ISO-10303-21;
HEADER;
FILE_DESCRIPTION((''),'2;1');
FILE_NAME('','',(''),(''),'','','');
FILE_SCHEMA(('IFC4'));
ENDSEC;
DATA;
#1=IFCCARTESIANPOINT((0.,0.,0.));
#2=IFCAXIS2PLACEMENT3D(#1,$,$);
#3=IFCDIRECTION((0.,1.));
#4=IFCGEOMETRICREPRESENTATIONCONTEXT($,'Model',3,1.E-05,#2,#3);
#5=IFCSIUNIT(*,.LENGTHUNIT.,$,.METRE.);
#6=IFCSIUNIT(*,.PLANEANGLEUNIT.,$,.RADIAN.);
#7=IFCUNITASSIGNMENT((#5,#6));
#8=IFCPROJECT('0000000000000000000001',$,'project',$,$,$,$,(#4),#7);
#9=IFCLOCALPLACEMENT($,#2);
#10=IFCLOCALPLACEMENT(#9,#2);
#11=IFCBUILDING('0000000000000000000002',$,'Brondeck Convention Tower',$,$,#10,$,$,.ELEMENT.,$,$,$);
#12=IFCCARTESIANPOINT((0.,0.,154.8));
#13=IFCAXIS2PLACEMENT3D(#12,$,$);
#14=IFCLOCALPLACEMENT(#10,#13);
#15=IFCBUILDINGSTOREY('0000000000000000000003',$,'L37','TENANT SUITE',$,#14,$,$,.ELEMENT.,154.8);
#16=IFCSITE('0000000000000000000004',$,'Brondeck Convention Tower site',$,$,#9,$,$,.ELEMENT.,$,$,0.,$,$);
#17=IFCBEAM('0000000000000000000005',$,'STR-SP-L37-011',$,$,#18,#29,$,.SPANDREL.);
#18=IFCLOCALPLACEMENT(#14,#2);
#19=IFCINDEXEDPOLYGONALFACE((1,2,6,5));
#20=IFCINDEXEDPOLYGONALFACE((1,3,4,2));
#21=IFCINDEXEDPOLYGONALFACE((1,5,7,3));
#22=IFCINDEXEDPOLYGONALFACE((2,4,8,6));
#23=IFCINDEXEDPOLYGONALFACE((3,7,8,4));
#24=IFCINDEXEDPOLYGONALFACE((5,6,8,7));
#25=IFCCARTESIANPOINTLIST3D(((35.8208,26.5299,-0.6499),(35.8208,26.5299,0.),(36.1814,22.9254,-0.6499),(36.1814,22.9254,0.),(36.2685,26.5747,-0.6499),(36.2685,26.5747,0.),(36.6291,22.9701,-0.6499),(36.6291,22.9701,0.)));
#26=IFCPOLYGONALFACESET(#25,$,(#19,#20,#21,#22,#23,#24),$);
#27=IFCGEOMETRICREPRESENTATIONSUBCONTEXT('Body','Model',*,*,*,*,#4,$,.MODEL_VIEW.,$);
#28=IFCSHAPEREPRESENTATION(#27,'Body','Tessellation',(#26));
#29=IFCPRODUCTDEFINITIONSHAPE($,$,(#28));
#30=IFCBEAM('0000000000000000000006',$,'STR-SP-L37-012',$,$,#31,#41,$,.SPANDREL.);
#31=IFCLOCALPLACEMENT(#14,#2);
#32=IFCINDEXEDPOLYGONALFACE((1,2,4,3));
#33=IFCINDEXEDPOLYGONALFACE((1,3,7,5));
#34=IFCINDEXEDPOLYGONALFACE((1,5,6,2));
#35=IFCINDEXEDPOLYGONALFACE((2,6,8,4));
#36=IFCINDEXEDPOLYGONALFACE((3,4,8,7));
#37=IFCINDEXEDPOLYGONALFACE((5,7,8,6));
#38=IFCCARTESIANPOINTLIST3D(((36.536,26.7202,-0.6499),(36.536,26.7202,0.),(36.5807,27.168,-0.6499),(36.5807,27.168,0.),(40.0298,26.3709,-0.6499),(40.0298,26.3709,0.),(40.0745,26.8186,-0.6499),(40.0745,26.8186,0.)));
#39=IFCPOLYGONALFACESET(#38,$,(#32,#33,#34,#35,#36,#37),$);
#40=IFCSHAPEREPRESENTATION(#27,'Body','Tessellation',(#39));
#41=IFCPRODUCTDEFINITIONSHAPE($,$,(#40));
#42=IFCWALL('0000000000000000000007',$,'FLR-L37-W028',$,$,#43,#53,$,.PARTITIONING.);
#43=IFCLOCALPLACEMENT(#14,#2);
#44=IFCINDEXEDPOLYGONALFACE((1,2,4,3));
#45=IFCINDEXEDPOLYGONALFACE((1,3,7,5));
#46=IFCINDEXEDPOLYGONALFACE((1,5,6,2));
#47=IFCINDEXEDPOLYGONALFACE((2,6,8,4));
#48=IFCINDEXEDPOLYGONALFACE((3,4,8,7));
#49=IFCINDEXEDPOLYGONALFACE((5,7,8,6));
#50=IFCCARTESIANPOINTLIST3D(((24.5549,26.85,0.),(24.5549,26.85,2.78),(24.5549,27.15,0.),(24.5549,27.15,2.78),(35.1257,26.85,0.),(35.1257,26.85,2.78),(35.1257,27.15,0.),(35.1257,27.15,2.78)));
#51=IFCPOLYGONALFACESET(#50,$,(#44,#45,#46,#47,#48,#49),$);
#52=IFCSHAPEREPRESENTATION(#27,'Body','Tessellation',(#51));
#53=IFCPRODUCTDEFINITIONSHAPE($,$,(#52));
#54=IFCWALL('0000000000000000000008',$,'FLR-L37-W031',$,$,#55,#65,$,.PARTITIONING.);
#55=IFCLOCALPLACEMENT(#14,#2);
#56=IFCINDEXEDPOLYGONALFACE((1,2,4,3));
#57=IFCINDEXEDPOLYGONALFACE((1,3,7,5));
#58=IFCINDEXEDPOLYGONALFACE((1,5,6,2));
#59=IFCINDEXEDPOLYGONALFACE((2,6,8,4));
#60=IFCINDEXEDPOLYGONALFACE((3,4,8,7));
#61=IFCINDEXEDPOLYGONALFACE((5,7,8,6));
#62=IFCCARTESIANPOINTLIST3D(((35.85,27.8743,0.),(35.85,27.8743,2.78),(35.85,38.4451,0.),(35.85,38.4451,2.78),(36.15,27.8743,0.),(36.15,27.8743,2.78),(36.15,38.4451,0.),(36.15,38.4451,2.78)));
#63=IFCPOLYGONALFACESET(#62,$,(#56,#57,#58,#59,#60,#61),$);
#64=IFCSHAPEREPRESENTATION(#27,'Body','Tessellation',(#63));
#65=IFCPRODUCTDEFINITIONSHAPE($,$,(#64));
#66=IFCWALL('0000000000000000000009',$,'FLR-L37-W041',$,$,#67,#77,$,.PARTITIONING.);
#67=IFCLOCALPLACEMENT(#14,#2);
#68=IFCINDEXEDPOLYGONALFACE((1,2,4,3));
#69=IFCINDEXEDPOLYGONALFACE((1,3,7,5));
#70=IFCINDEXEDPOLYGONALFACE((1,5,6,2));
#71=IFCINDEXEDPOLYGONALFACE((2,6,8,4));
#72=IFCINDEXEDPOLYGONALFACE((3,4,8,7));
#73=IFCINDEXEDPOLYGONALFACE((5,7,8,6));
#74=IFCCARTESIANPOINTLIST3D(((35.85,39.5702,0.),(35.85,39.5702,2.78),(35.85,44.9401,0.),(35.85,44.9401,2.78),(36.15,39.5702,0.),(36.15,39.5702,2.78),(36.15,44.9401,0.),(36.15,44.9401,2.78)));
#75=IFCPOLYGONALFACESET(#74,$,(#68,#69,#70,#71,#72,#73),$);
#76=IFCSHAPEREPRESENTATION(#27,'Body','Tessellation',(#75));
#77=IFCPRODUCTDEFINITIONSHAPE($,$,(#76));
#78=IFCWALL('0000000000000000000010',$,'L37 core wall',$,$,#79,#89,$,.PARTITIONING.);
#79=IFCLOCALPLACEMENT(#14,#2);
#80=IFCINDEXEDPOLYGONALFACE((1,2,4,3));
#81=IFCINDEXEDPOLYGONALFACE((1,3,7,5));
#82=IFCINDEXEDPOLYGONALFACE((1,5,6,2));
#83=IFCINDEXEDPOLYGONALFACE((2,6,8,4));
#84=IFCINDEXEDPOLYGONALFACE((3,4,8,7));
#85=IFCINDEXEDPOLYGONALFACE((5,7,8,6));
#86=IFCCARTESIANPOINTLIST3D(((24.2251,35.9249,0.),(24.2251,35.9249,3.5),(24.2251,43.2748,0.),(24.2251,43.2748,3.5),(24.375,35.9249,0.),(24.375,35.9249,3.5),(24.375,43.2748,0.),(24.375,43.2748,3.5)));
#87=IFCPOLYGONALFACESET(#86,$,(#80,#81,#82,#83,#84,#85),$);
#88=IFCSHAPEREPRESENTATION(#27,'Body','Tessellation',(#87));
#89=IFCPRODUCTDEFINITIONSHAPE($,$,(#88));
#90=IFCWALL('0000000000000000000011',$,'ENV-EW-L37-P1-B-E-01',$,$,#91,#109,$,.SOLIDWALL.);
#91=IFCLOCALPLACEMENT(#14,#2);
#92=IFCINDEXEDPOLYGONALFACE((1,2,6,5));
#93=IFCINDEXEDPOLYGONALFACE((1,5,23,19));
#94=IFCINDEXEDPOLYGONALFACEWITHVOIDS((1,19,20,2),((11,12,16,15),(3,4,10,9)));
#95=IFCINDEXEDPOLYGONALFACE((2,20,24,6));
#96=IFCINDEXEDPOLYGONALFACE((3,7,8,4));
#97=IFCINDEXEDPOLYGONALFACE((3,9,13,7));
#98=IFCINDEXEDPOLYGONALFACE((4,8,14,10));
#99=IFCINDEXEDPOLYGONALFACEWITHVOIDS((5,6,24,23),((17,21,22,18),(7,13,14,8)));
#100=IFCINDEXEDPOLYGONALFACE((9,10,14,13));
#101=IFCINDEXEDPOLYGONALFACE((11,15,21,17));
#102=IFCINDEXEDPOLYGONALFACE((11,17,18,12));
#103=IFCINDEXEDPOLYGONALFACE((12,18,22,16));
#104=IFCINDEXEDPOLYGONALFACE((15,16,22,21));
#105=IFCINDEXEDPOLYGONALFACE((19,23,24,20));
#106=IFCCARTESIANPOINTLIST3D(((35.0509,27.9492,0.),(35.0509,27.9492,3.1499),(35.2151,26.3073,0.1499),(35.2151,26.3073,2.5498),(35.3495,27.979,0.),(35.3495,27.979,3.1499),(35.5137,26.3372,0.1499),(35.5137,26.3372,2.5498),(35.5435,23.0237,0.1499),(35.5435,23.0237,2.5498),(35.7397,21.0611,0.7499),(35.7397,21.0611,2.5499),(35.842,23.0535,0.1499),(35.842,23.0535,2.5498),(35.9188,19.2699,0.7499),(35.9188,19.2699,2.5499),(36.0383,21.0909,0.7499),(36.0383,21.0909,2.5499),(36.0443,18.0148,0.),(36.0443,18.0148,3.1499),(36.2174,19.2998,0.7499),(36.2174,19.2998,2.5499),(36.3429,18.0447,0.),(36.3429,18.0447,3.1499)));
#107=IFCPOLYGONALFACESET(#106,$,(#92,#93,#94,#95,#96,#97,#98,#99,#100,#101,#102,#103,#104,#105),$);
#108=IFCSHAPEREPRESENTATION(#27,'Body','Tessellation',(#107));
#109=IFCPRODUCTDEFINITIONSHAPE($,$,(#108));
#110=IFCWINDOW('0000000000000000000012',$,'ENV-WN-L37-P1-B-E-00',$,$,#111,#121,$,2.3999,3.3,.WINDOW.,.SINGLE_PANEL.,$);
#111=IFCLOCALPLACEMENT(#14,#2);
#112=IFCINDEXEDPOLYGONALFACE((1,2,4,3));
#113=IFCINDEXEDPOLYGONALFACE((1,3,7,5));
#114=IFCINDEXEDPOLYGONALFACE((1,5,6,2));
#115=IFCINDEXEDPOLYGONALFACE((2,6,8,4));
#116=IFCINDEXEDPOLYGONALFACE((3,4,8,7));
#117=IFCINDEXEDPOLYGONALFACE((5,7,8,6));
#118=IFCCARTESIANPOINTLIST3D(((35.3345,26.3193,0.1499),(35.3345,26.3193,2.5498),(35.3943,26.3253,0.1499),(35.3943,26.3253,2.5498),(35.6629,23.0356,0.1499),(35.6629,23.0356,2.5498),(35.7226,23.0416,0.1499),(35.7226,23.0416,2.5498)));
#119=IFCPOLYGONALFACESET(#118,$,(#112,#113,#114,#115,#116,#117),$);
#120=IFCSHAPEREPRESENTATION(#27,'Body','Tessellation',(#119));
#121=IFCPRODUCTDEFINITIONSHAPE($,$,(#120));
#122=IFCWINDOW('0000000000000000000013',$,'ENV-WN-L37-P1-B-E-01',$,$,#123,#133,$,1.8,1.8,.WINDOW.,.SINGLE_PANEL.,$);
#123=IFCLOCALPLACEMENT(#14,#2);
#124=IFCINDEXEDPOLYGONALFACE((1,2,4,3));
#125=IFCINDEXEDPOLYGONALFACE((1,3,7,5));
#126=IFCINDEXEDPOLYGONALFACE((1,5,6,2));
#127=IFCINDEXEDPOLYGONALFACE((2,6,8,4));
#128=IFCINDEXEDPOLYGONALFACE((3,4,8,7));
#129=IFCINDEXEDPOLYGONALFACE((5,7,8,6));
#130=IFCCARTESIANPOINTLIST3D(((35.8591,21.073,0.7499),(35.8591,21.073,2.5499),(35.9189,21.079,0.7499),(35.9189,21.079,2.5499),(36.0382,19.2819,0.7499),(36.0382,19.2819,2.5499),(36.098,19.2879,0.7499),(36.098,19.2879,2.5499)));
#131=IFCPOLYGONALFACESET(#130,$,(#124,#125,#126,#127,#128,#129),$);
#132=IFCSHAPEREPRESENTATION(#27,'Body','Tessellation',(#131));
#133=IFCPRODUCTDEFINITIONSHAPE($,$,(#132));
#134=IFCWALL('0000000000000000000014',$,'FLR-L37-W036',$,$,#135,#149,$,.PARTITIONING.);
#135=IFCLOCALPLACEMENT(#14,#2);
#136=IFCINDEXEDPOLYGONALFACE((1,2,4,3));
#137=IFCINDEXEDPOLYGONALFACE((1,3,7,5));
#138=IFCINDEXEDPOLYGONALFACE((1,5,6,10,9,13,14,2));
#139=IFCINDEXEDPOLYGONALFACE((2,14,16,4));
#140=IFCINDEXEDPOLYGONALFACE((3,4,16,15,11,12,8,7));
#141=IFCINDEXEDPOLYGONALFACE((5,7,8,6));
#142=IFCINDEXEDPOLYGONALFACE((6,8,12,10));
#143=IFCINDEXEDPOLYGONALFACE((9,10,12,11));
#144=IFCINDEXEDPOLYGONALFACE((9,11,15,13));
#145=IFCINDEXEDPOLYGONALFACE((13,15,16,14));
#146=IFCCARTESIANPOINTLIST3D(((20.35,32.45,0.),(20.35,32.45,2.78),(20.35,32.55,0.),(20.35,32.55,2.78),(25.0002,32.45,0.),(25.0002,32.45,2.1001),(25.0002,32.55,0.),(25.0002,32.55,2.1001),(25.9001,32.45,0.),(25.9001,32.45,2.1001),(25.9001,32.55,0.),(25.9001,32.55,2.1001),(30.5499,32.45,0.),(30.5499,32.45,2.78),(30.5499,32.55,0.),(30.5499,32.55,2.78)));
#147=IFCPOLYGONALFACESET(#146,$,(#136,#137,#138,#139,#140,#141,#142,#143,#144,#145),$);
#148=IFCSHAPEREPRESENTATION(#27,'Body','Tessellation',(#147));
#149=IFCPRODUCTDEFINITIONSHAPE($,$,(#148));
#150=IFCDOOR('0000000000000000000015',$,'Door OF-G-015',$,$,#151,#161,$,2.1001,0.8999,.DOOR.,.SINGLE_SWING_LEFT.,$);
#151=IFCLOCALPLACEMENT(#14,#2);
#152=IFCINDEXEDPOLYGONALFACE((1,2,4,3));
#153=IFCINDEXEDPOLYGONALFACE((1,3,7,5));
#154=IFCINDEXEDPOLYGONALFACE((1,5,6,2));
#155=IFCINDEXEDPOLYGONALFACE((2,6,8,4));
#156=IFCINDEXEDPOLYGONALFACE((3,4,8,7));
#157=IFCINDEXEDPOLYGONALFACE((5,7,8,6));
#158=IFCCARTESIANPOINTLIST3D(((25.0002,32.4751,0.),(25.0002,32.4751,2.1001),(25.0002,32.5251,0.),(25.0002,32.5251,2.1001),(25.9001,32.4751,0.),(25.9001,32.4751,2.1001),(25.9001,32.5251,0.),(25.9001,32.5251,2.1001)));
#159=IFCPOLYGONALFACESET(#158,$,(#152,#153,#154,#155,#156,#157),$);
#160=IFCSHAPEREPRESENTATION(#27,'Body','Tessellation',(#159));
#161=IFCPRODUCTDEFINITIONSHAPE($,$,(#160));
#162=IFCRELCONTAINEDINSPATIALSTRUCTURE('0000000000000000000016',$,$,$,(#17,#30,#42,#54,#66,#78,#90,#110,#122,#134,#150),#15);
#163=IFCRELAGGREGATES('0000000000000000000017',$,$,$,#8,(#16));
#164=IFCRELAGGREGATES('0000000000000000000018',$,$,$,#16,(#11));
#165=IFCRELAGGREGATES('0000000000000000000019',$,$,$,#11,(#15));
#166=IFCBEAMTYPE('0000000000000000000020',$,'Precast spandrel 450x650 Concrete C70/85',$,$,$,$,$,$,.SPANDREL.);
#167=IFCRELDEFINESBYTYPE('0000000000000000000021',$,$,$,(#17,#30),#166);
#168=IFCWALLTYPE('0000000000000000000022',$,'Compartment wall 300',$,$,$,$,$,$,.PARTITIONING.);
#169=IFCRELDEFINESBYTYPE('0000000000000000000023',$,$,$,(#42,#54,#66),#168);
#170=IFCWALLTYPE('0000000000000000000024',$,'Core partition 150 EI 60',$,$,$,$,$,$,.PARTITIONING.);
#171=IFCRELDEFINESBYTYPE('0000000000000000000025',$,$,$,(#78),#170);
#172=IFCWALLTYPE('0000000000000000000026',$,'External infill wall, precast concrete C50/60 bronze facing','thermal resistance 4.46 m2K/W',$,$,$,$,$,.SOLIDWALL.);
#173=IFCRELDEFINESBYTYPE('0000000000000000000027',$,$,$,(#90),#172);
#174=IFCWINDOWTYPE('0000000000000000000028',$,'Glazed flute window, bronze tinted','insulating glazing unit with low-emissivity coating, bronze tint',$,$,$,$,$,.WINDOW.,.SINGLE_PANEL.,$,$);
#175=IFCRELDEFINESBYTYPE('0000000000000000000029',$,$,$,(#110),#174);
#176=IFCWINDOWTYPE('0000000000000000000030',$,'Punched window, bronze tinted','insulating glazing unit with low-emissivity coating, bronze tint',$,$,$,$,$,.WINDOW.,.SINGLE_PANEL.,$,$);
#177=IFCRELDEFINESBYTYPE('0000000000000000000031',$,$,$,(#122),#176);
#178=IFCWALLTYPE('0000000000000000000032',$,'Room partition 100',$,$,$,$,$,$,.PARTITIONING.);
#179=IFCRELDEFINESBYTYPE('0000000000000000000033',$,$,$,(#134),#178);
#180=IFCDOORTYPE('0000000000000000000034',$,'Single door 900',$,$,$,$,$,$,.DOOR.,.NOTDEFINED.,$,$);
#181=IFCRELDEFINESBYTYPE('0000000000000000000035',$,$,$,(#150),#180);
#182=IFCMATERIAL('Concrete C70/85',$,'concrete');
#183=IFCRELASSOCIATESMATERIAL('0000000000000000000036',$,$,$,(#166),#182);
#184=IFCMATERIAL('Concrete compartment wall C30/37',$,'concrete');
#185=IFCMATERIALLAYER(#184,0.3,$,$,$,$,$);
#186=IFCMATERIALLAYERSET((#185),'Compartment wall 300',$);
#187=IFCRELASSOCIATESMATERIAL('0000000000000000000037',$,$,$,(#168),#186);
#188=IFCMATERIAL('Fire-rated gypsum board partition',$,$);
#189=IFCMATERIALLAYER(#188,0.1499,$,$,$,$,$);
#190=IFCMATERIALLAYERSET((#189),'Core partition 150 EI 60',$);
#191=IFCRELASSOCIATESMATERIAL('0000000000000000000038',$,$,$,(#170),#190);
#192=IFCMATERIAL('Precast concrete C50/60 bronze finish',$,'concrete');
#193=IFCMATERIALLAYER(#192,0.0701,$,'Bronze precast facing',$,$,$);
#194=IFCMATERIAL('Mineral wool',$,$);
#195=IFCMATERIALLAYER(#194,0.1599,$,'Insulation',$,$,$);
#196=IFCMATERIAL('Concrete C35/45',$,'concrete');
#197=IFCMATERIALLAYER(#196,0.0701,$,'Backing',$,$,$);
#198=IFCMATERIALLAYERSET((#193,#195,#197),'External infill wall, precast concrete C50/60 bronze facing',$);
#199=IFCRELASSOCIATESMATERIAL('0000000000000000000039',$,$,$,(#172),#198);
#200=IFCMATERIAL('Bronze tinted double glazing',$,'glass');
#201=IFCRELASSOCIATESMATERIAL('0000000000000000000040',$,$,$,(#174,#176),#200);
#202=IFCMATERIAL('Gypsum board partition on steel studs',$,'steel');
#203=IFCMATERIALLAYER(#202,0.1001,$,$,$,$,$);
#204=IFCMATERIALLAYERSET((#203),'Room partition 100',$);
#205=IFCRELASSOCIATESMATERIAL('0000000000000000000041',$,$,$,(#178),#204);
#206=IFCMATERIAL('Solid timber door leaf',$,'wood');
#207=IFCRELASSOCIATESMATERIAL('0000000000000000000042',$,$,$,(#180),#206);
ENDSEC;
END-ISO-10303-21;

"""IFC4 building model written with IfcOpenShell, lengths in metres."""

from ifc_helpers import new_model, si_unit, direction, frame, frame_2d, origin, origin_2d, place, context, subcontext, project, spatial, rectangle, extrude, material, layer, layer_set, material_profile, profile_set, type_object, element, fill, save


model = new_model("IFC4")

# Units and contexts
model_context = context("Model", 3, precision=1e-05, world=origin(), true_north=direction((0.0, 1.0)))
body_context = subcontext(model_context, "Body", "Model", "MODEL_VIEW")
ifc_project = project(units=[si_unit("LENGTHUNIT", "METRE"), si_unit("PLANEANGLEUNIT", "RADIAN")], contexts=[model_context])

# Site, building, storey
site_placement = place(None, origin())
site = spatial("IfcSite", under=ifc_project, at=site_placement, Name="Brondeck Convention Tower site", CompositionType="ELEMENT", RefElevation=0.0)
building_placement = place(site_placement, origin())
building = spatial("IfcBuilding", under=site, at=building_placement, Name="Brondeck Convention Tower", CompositionType="ELEMENT")
storey_placement = place(building_placement, frame((0.0, 0.0, 154.8)))
storey = spatial("IfcBuildingStorey", under=building, at=storey_placement, Name="L37", Description="TENANT SUITE", CompositionType="ELEMENT", Elevation=154.8)

# Shared definitions
ifc_material_1 = material(Name="Concrete C70/85", Category="concrete")

# Beams
ifc_material_profile_1 = material_profile(ifc_material_1, rectangle(XDim=0.45, YDim=0.6499, at=origin_2d()), Name="Precast spandrel 450x650 Concrete C70/85")
ifc_profile_set_1 = profile_set([ifc_material_profile_1], Name="Concrete C70/85")
beam_type_1 = type_object("IfcBeamType", Name="Precast spandrel 450x650 Concrete C70/85", PredefinedType="SPANDREL", material=ifc_profile_set_1)
beam_1_placement = place(storey_placement, frame((36.4053, 22.9478, -0.325), z_axis=(-0.099544, 0.995033, 0.0), x_axis=(-0.995033, -0.099544, 0.0)))
element("IfcBeam", 1, at=beam_1_placement, inside=storey, type_object=beam_type_1, Name="STR-SP-L37-011", PredefinedType="SPANDREL", context=body_context, shape_type="SweptSolid", body=[
    extrude(rectangle(XDim=0.45, YDim=0.6499, at=origin_2d()), origin(), (0.0, 0.0, 1.0), 3.6226),
])
beam_2_placement = place(storey_placement, frame((36.5583, 26.9441, -0.325), z_axis=(0.995038, -0.099497, 0.0), x_axis=(0.099497, 0.995038, 0.0)))
element("IfcBeam", 2, at=beam_2_placement, inside=storey, type_object=beam_type_1, Name="STR-SP-L37-012", PredefinedType="SPANDREL", context=body_context, shape_type="SweptSolid", body=[
    extrude(rectangle(XDim=0.45, YDim=0.6499, at=origin_2d()), origin(), (0.0, 0.0, 1.0), 3.5112),
])

# Walls
ifc_material_2 = material(Name="Concrete compartment wall C30/37", Category="concrete")
ifc_layer_1 = layer(ifc_material_2, 0.3)
ifc_layer_set_1 = layer_set([ifc_layer_1], Name="Compartment wall 300")
wall_type_1 = type_object("IfcWallType", Name="Compartment wall 300", PredefinedType="PARTITIONING", material=ifc_layer_set_1)
for number, where, z_axis, x_axis, name in (
    (3, (24.5549, 27.0, 0.0), (0.0, 0.0, 1.0), (1.0, 0.0, 0.0), "FLR-L37-W028"),
    (4, (36.0, 27.8743, 0.0), (0.0, 0.0, 1.0), (0.0, 1.0, 0.0), "FLR-L37-W031"),
):
    element("IfcWall", number, at=place(storey_placement, frame(where, z_axis=z_axis, x_axis=x_axis)), inside=storey, type_object=wall_type_1, Name=name, PredefinedType="PARTITIONING", context=body_context, shape_type="SweptSolid", body=[
        extrude(rectangle(XDim=10.5708, YDim=0.3, at=frame_2d((5.2854, 0.0))), origin(), (0.0, 0.0, 1.0), 2.78),
    ])
wall_1_placement = place(storey_placement, frame((36.0, 39.5701, 0.0), z_axis=(0.0, 0.0, 1.0), x_axis=(0.0, 1.0, 0.0)))
element("IfcWall", 5, at=wall_1_placement, inside=storey, type_object=wall_type_1, Name="FLR-L37-W041", PredefinedType="PARTITIONING", context=body_context, shape_type="SweptSolid", body=[
    extrude(rectangle(XDim=5.3699, YDim=0.3, at=frame_2d((2.6851, 0.0))), origin(), (0.0, 0.0, 1.0), 2.78),
])
ifc_material_3 = material(Name="Fire-rated gypsum board partition")
ifc_layer_2 = layer(ifc_material_3, 0.1499)
ifc_layer_set_2 = layer_set([ifc_layer_2], Name="Core partition 150 EI 60")
wall_type_2 = type_object("IfcWallType", Name="Core partition 150 EI 60", PredefinedType="PARTITIONING", material=ifc_layer_set_2)
wall_2_placement = place(storey_placement, frame((24.3, 35.925, 0.0), z_axis=(0.0, 0.0, 1.0), x_axis=(0.0, 1.0, 0.0)))
element("IfcWall", 6, at=wall_2_placement, inside=storey, type_object=wall_type_2, Name="L37 core wall", PredefinedType="PARTITIONING", context=body_context, shape_type="SweptSolid", body=[
    extrude(rectangle(XDim=7.3499, YDim=0.1499, at=frame_2d((3.6748, 0.0))), origin(), (0.0, 0.0, 1.0), 3.5),
])

# Wall, openings, windows
ifc_material_4 = material(Name="Precast concrete C50/60 bronze finish", Category="concrete")
ifc_layer_3 = layer(ifc_material_4, 0.0701, Name="Bronze precast facing")
ifc_material_5 = material(Name="Mineral wool")
ifc_layer_4 = layer(ifc_material_5, 0.1599, Name="Insulation")
ifc_material_6 = material(Name="Concrete C35/45", Category="concrete")
ifc_layer_5 = layer(ifc_material_6, 0.0701, Name="Backing")
ifc_layer_set_3 = layer_set([ifc_layer_3, ifc_layer_4, ifc_layer_5], Name="External infill wall, precast concrete C50/60 bronze facing")
wall_type_3 = type_object("IfcWallType", Name="External infill wall, precast concrete C50/60 bronze facing", Description="thermal resistance 4.46 m2K/W", PredefinedType="SOLIDWALL", material=ifc_layer_set_3)
wall_3_placement = place(storey_placement, frame((35.2002, 27.9641, 0.0), z_axis=(0.0, 0.0, 1.0), x_axis=(0.099501, -0.995037, 0.0)))
wall_3 = element("IfcWall", 7, at=wall_3_placement, inside=storey, type_object=wall_type_3, Name="ENV-EW-L37-P1-B-E-01", PredefinedType="SOLIDWALL", context=body_context, shape_type="SweptSolid", body=[
    extrude(rectangle(XDim=9.9839, YDim=0.3, at=frame_2d((4.9919, 0.0))), origin(), (0.0, 0.0, 1.0), 3.1499),
])
opening_1_placement = place(wall_3_placement, frame((1.6501, 0.0, 0.1499)))
opening_1 = element("IfcOpeningElement", 8, at=opening_1_placement, cuts=wall_3, PredefinedType="OPENING", context=body_context, shape_type="SweptSolid", body=[
    extrude(rectangle(XDim=3.3, YDim=2.3999, at=frame_2d((1.6499, 1.2))), frame((0.0, 0.1599, 0.0), z_axis=(0.0, -1.0, 0.0), x_axis=(1.0, 0.0, 0.0)), (0.0, 0.0, 1.0), 0.3201),
])
opening_2_placement = place(wall_3_placement, frame((6.9226, 0.0, 0.75)))
opening_2 = element("IfcOpeningElement", 9, at=opening_2_placement, cuts=wall_3, PredefinedType="OPENING", context=body_context, shape_type="SweptSolid", body=[
    extrude(rectangle(XDim=1.8, YDim=1.8, at=frame_2d((0.8999, 0.8999))), frame((0.0, 0.1599, 0.0), z_axis=(0.0, -1.0, 0.0), x_axis=(1.0, 0.0, 0.0)), (0.0, 0.0, 1.0), 0.3201),
])
ifc_material_7 = material(Name="Bronze tinted double glazing", Category="glass")
window_type_1 = type_object("IfcWindowType", Name="Glazed flute window, bronze tinted", Description="insulating glazing unit with low-emissivity coating, bronze tint", PartitioningType="SINGLE_PANEL", PredefinedType="WINDOW", material=ifc_material_7)
window_1_placement = place(opening_1_placement, origin())
window_1 = element("IfcWindow", 10, at=window_1_placement, inside=storey, type_object=window_type_1, Name="ENV-WN-L37-P1-B-E-00", OverallHeight=2.3999, OverallWidth=3.3, PartitioningType="SINGLE_PANEL", PredefinedType="WINDOW", context=body_context, shape_type="SweptSolid", body=[
    extrude(rectangle(XDim=3.3, YDim=2.3999, at=frame_2d((1.6499, 1.2))), frame((0.0, 0.03, 0.0), z_axis=(0.0, -1.0, 0.0), x_axis=(1.0, 0.0, 0.0)), (0.0, 0.0, 1.0), 0.0601),
])
fill(opening_1, window_1)
window_type_2 = type_object("IfcWindowType", Name="Punched window, bronze tinted", Description="insulating glazing unit with low-emissivity coating, bronze tint", PartitioningType="SINGLE_PANEL", PredefinedType="WINDOW", material=ifc_material_7)
window_2_placement = place(opening_2_placement, origin())
window_2 = element("IfcWindow", 11, at=window_2_placement, inside=storey, type_object=window_type_2, Name="ENV-WN-L37-P1-B-E-01", OverallHeight=1.8, OverallWidth=1.8, PartitioningType="SINGLE_PANEL", PredefinedType="WINDOW", context=body_context, shape_type="SweptSolid", body=[
    extrude(rectangle(XDim=1.8, YDim=1.8, at=frame_2d((0.8999, 0.8999))), frame((0.0, 0.03, 0.0), z_axis=(0.0, -1.0, 0.0), x_axis=(1.0, 0.0, 0.0)), (0.0, 0.0, 1.0), 0.0601),
])
fill(opening_2, window_2)

# Wall, opening, door
ifc_material_8 = material(Name="Gypsum board partition on steel studs", Category="steel")
ifc_layer_6 = layer(ifc_material_8, 0.1001)
ifc_layer_set_4 = layer_set([ifc_layer_6], Name="Room partition 100")
wall_type_4 = type_object("IfcWallType", Name="Room partition 100", PredefinedType="PARTITIONING", material=ifc_layer_set_4)
wall_4_placement = place(storey_placement, frame((30.55, 32.5, 0.0), z_axis=(0.0, 0.0, 1.0), x_axis=(-1.0, 0.0, 0.0)))
wall_4 = element("IfcWall", 12, at=wall_4_placement, inside=storey, type_object=wall_type_4, Name="FLR-L37-W036", PredefinedType="PARTITIONING", context=body_context, shape_type="SweptSolid", body=[
    extrude(rectangle(XDim=10.2, YDim=0.1001, at=frame_2d((5.1001, 0.0))), origin(), (0.0, 0.0, 1.0), 2.78),
])
opening_3_placement = place(wall_4_placement, frame((4.6499, 0.0, 0.0)))
opening_3 = element("IfcOpeningElement", 13, at=opening_3_placement, cuts=wall_4, PredefinedType="OPENING", context=body_context, shape_type="SweptSolid", body=[
    extrude(rectangle(XDim=0.8999, YDim=2.1001, at=frame_2d((0.45, 1.05))), frame((0.0, 0.0601, 0.0), z_axis=(0.0, -1.0, 0.0), x_axis=(1.0, 0.0, 0.0)), (0.0, 0.0, 1.0), 0.1201),
])
ifc_material_9 = material(Name="Solid timber door leaf", Category="wood")
door_type = type_object("IfcDoorType", Name="Single door 900", OperationType="NOTDEFINED", PredefinedType="DOOR", material=ifc_material_9)
door_placement = place(opening_3_placement, origin())
door = element("IfcDoor", 14, at=door_placement, inside=storey, type_object=door_type, Name="Door OF-G-015", OperationType="SINGLE_SWING_LEFT", OverallHeight=2.1001, OverallWidth=0.8999, PredefinedType="DOOR", context=body_context, shape_type="SweptSolid", body=[
    extrude(rectangle(XDim=0.8999, YDim=2.1001, at=frame_2d((0.45, 1.05))), frame((0.0, 0.0249, 0.0), z_axis=(0.0, -1.0, 0.0), x_axis=(1.0, 0.0, 0.0)), (0.0, 0.0, 1.0), 0.05),
])
fill(opening_3, door)

save(model, "model.ifc")
